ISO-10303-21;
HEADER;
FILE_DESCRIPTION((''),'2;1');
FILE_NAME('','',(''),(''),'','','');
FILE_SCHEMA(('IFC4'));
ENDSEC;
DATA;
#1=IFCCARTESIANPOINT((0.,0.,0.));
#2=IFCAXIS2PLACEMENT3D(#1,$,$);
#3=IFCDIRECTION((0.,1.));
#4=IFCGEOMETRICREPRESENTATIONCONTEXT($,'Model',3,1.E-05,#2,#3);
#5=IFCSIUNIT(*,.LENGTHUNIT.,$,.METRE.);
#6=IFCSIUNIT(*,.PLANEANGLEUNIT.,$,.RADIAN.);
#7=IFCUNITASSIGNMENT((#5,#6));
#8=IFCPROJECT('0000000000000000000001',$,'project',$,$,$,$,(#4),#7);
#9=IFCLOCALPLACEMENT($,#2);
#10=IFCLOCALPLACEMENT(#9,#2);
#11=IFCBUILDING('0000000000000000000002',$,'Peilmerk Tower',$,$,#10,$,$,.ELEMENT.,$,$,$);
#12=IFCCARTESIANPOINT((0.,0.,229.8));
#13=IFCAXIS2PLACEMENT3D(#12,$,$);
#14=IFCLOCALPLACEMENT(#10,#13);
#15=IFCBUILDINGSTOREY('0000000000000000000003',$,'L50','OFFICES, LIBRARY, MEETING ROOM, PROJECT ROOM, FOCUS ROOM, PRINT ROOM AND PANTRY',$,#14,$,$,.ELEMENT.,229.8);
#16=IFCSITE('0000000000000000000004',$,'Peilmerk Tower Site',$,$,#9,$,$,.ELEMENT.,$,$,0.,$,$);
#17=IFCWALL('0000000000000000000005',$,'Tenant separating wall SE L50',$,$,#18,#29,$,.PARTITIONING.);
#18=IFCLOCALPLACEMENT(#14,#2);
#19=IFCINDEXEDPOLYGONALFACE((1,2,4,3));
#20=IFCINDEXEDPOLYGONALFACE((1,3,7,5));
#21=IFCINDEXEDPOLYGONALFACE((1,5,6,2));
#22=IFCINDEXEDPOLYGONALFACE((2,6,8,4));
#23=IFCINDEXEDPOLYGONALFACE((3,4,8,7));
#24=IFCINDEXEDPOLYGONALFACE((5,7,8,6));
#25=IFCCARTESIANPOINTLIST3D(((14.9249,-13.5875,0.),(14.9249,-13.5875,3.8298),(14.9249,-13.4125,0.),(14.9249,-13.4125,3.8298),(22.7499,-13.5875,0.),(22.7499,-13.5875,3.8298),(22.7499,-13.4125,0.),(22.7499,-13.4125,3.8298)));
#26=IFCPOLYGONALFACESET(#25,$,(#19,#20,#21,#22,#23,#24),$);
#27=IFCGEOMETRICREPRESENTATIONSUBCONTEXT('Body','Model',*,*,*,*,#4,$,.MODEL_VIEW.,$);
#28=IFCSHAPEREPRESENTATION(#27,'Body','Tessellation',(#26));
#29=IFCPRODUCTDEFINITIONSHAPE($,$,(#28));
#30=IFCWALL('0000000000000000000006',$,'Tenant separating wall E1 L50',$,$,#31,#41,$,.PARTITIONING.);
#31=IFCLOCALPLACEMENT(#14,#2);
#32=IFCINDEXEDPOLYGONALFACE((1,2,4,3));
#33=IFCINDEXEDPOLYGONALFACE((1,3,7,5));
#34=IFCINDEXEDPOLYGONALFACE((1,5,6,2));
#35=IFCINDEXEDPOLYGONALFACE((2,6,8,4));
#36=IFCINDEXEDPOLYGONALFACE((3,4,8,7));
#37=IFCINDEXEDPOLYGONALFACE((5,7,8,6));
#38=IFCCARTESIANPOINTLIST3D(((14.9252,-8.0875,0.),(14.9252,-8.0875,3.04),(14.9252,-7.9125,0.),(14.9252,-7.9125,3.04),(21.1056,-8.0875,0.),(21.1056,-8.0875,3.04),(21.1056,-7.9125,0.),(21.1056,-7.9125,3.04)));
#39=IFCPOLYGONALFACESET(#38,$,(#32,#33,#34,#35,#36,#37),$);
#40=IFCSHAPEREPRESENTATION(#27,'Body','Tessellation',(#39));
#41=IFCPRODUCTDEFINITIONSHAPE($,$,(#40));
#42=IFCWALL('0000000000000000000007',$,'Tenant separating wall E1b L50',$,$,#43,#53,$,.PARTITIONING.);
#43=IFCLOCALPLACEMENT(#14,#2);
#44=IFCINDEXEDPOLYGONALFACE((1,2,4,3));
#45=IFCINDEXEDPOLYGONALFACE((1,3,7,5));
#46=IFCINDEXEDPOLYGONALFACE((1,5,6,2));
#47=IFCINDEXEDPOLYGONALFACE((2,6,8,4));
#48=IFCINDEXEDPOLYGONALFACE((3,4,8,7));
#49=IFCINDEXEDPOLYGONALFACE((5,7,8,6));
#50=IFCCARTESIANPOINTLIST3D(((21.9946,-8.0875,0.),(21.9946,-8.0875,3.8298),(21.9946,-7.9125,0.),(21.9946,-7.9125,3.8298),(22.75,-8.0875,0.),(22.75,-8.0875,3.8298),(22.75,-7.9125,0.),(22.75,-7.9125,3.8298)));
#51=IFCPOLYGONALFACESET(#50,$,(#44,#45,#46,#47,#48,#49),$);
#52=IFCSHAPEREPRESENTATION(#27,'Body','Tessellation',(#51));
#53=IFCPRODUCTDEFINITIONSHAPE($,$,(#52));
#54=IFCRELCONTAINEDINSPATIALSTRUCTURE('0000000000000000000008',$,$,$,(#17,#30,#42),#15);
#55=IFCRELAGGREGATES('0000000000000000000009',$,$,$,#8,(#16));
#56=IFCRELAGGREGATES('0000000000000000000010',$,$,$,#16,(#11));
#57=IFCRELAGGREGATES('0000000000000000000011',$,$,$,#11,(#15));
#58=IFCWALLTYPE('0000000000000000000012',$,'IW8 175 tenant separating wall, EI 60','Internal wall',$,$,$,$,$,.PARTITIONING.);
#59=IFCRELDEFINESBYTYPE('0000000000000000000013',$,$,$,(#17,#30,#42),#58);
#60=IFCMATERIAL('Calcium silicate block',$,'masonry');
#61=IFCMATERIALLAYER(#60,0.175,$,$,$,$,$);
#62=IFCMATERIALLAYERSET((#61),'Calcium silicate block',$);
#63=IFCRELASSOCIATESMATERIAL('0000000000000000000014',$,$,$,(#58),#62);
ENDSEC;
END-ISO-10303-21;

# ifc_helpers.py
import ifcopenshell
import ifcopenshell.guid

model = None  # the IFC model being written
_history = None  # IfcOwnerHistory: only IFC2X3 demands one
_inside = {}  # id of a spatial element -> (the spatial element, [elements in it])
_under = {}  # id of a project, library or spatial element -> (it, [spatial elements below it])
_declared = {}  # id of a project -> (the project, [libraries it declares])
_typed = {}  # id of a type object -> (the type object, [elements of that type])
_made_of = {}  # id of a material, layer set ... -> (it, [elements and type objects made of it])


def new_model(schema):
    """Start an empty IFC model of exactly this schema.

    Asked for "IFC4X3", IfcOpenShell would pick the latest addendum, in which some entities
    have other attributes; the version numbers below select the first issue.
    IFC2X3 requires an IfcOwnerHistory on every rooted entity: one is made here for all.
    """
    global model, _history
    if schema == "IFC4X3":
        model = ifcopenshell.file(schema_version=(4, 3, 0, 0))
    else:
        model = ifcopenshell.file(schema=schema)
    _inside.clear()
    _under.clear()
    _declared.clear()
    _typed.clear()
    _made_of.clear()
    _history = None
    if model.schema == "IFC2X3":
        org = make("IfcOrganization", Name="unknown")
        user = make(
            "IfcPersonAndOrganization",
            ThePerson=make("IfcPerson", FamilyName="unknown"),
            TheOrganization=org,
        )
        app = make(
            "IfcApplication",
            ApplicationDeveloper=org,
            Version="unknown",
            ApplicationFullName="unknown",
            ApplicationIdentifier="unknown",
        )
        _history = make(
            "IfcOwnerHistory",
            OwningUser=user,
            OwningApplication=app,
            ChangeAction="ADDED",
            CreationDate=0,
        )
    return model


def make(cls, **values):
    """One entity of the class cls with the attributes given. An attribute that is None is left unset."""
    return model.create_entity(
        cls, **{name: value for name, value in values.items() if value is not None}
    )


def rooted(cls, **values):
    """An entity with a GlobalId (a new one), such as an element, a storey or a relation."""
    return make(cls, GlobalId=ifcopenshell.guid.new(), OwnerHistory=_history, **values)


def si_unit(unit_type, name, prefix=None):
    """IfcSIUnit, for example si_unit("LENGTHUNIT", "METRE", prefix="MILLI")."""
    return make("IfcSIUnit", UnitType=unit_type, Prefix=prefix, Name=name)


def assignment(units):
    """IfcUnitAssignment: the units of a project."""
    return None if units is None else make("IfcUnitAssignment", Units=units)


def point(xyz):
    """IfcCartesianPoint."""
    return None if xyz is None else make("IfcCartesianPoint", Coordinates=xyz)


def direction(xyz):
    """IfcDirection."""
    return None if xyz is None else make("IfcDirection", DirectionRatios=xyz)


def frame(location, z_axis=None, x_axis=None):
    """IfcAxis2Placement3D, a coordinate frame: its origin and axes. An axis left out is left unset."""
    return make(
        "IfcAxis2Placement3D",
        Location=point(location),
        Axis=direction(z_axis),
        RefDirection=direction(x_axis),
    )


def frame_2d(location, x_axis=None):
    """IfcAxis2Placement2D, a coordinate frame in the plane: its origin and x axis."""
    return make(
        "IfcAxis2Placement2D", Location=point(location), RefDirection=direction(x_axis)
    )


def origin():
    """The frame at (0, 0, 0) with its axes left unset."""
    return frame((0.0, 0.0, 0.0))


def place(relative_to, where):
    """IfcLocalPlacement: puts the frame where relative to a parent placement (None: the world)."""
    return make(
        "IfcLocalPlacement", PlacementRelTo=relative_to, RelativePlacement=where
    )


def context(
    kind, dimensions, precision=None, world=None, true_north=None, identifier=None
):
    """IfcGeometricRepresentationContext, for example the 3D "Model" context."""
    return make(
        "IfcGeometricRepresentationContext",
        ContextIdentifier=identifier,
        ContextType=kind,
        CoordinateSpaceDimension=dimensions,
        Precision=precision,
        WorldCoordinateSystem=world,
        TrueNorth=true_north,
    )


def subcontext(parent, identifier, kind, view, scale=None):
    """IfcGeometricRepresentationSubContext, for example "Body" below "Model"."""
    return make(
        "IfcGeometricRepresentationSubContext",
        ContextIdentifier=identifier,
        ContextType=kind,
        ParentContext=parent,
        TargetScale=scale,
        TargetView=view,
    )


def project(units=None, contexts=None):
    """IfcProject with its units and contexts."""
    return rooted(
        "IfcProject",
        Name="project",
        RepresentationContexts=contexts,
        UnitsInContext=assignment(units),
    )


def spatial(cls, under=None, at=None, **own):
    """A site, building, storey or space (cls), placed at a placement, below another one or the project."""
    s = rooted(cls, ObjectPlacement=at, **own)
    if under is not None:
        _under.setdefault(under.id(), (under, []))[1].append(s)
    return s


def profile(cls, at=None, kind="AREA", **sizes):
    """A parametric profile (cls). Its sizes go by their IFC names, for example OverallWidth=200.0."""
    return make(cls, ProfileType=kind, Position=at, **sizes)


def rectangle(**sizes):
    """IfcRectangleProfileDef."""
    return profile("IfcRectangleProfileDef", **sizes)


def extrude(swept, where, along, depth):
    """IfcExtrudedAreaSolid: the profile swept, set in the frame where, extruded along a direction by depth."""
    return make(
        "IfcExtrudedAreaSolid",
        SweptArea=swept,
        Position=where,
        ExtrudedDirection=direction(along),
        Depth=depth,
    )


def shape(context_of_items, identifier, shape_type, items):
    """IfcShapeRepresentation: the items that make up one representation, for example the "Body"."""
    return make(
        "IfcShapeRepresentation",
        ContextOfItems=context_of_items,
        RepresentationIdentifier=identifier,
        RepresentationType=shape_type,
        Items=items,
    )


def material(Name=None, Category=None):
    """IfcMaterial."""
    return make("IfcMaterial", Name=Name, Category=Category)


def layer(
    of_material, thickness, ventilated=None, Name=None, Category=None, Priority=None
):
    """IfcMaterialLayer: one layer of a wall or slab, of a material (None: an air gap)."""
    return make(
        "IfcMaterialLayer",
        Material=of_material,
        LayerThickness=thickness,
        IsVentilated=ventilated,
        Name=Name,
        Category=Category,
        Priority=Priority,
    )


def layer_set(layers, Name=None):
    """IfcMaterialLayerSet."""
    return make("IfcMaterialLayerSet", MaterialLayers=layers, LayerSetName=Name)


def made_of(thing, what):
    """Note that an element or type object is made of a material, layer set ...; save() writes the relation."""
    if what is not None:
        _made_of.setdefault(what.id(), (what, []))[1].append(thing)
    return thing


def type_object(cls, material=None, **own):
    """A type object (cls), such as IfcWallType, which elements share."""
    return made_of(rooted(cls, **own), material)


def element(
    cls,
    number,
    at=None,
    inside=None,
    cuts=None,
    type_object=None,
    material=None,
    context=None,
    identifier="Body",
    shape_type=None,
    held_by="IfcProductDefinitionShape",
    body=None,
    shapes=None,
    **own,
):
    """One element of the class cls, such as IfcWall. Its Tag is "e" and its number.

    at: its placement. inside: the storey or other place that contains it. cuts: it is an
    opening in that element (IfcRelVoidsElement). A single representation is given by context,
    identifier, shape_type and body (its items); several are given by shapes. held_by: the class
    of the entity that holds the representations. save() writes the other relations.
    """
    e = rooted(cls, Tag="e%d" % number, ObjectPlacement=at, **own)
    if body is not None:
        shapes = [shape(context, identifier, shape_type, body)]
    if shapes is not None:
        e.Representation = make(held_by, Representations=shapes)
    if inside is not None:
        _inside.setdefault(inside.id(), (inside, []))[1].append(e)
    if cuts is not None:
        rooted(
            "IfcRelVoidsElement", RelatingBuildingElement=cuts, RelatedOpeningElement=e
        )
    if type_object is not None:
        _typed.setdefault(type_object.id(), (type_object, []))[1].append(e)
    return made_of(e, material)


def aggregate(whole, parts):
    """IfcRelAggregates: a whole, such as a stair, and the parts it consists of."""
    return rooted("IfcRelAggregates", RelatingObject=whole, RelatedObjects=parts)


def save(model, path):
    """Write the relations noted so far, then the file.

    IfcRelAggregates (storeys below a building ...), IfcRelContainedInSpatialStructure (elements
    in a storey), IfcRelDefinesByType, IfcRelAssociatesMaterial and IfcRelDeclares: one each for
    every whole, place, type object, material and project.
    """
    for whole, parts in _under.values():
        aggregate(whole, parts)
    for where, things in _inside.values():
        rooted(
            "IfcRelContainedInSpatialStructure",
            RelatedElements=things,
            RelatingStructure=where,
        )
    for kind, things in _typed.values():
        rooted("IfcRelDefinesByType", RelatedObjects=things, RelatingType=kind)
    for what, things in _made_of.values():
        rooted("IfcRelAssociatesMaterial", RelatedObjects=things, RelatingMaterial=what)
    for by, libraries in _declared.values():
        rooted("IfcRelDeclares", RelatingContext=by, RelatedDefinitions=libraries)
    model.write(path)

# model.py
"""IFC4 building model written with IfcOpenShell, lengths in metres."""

from ifc_helpers import new_model, si_unit, direction, frame, frame_2d, origin, place, context, subcontext, project, spatial, rectangle, extrude, material, layer, layer_set, type_object, element, save


model = new_model("IFC4")

# Units and contexts
model_context = context("Model", 3, precision=1e-05, world=origin(), true_north=direction((0.0, 1.0)))
body_context = subcontext(model_context, "Body", "Model", "MODEL_VIEW")
ifc_project = project(units=[si_unit("LENGTHUNIT", "METRE"), si_unit("PLANEANGLEUNIT", "RADIAN")], contexts=[model_context])

# Site, building, storey
site_placement = place(None, origin())
site = spatial("IfcSite", under=ifc_project, at=site_placement, Name="Peilmerk Tower Site", CompositionType="ELEMENT", RefElevation=0.0)
building_placement = place(site_placement, origin())
building = spatial("IfcBuilding", under=site, at=building_placement, Name="Peilmerk Tower", CompositionType="ELEMENT")
storey_placement = place(building_placement, frame((0.0, 0.0, 229.8)))
storey = spatial("IfcBuildingStorey", under=building, at=storey_placement, Name="L50", Description="OFFICES, LIBRARY, MEETING ROOM, PROJECT ROOM, FOCUS ROOM, PRINT ROOM AND PANTRY", CompositionType="ELEMENT", Elevation=229.8)

# Shared definitions
ifc_material_1 = material(Name="Calcium silicate block", Category="masonry")

# Walls
ifc_layer_1 = layer(ifc_material_1, 0.175)
ifc_layer_set_1 = layer_set([ifc_layer_1], Name="Calcium silicate block")
wall_type_1 = type_object("IfcWallType", Name="IW8 175 tenant separating wall, EI 60", Description="Internal wall", PredefinedType="PARTITIONING", material=ifc_layer_set_1)
wall_1_placement = place(storey_placement, frame((22.75, -13.5, 0.0), z_axis=(0.0, 0.0, 1.0), x_axis=(-1.0, 0.0, 0.0)))
element("IfcWall", 1, at=wall_1_placement, inside=storey, type_object=wall_type_1, Name="Tenant separating wall SE L50", PredefinedType="PARTITIONING", context=body_context, shape_type="SweptSolid", body=[
    extrude(rectangle(XDim=7.825, YDim=0.175, at=frame_2d((3.9126, 0.0))), origin(), (0.0, 0.0, 1.0), 3.8298),
])
wall_2_placement = place(storey_placement, frame((14.925, -8.0, 0.0), z_axis=(0.0, 0.0, 1.0), x_axis=(1.0, 0.0, 0.0)))
element("IfcWall", 2, at=wall_2_placement, inside=storey, type_object=wall_type_1, Name="Tenant separating wall E1 L50", PredefinedType="PARTITIONING", context=body_context, shape_type="SweptSolid", body=[
    extrude(rectangle(XDim=6.1804, YDim=0.175, at=frame_2d((3.0903, 0.0))), origin(), (0.0, 0.0, 1.0), 3.04),
])
wall_3_placement = place(storey_placement, frame((21.9946, -8.0, 0.0), z_axis=(0.0, 0.0, 1.0), x_axis=(1.0, 0.0, 0.0)))
element("IfcWall", 3, at=wall_3_placement, inside=storey, type_object=wall_type_1, Name="Tenant separating wall E1b L50", PredefinedType="PARTITIONING", context=body_context, shape_type="SweptSolid", body=[
    extrude(rectangle(XDim=0.7554, YDim=0.175, at=frame_2d((0.3777, 0.0))), origin(), (0.0, 0.0, 1.0), 3.8298),
])

save(model, "model.ifc")
